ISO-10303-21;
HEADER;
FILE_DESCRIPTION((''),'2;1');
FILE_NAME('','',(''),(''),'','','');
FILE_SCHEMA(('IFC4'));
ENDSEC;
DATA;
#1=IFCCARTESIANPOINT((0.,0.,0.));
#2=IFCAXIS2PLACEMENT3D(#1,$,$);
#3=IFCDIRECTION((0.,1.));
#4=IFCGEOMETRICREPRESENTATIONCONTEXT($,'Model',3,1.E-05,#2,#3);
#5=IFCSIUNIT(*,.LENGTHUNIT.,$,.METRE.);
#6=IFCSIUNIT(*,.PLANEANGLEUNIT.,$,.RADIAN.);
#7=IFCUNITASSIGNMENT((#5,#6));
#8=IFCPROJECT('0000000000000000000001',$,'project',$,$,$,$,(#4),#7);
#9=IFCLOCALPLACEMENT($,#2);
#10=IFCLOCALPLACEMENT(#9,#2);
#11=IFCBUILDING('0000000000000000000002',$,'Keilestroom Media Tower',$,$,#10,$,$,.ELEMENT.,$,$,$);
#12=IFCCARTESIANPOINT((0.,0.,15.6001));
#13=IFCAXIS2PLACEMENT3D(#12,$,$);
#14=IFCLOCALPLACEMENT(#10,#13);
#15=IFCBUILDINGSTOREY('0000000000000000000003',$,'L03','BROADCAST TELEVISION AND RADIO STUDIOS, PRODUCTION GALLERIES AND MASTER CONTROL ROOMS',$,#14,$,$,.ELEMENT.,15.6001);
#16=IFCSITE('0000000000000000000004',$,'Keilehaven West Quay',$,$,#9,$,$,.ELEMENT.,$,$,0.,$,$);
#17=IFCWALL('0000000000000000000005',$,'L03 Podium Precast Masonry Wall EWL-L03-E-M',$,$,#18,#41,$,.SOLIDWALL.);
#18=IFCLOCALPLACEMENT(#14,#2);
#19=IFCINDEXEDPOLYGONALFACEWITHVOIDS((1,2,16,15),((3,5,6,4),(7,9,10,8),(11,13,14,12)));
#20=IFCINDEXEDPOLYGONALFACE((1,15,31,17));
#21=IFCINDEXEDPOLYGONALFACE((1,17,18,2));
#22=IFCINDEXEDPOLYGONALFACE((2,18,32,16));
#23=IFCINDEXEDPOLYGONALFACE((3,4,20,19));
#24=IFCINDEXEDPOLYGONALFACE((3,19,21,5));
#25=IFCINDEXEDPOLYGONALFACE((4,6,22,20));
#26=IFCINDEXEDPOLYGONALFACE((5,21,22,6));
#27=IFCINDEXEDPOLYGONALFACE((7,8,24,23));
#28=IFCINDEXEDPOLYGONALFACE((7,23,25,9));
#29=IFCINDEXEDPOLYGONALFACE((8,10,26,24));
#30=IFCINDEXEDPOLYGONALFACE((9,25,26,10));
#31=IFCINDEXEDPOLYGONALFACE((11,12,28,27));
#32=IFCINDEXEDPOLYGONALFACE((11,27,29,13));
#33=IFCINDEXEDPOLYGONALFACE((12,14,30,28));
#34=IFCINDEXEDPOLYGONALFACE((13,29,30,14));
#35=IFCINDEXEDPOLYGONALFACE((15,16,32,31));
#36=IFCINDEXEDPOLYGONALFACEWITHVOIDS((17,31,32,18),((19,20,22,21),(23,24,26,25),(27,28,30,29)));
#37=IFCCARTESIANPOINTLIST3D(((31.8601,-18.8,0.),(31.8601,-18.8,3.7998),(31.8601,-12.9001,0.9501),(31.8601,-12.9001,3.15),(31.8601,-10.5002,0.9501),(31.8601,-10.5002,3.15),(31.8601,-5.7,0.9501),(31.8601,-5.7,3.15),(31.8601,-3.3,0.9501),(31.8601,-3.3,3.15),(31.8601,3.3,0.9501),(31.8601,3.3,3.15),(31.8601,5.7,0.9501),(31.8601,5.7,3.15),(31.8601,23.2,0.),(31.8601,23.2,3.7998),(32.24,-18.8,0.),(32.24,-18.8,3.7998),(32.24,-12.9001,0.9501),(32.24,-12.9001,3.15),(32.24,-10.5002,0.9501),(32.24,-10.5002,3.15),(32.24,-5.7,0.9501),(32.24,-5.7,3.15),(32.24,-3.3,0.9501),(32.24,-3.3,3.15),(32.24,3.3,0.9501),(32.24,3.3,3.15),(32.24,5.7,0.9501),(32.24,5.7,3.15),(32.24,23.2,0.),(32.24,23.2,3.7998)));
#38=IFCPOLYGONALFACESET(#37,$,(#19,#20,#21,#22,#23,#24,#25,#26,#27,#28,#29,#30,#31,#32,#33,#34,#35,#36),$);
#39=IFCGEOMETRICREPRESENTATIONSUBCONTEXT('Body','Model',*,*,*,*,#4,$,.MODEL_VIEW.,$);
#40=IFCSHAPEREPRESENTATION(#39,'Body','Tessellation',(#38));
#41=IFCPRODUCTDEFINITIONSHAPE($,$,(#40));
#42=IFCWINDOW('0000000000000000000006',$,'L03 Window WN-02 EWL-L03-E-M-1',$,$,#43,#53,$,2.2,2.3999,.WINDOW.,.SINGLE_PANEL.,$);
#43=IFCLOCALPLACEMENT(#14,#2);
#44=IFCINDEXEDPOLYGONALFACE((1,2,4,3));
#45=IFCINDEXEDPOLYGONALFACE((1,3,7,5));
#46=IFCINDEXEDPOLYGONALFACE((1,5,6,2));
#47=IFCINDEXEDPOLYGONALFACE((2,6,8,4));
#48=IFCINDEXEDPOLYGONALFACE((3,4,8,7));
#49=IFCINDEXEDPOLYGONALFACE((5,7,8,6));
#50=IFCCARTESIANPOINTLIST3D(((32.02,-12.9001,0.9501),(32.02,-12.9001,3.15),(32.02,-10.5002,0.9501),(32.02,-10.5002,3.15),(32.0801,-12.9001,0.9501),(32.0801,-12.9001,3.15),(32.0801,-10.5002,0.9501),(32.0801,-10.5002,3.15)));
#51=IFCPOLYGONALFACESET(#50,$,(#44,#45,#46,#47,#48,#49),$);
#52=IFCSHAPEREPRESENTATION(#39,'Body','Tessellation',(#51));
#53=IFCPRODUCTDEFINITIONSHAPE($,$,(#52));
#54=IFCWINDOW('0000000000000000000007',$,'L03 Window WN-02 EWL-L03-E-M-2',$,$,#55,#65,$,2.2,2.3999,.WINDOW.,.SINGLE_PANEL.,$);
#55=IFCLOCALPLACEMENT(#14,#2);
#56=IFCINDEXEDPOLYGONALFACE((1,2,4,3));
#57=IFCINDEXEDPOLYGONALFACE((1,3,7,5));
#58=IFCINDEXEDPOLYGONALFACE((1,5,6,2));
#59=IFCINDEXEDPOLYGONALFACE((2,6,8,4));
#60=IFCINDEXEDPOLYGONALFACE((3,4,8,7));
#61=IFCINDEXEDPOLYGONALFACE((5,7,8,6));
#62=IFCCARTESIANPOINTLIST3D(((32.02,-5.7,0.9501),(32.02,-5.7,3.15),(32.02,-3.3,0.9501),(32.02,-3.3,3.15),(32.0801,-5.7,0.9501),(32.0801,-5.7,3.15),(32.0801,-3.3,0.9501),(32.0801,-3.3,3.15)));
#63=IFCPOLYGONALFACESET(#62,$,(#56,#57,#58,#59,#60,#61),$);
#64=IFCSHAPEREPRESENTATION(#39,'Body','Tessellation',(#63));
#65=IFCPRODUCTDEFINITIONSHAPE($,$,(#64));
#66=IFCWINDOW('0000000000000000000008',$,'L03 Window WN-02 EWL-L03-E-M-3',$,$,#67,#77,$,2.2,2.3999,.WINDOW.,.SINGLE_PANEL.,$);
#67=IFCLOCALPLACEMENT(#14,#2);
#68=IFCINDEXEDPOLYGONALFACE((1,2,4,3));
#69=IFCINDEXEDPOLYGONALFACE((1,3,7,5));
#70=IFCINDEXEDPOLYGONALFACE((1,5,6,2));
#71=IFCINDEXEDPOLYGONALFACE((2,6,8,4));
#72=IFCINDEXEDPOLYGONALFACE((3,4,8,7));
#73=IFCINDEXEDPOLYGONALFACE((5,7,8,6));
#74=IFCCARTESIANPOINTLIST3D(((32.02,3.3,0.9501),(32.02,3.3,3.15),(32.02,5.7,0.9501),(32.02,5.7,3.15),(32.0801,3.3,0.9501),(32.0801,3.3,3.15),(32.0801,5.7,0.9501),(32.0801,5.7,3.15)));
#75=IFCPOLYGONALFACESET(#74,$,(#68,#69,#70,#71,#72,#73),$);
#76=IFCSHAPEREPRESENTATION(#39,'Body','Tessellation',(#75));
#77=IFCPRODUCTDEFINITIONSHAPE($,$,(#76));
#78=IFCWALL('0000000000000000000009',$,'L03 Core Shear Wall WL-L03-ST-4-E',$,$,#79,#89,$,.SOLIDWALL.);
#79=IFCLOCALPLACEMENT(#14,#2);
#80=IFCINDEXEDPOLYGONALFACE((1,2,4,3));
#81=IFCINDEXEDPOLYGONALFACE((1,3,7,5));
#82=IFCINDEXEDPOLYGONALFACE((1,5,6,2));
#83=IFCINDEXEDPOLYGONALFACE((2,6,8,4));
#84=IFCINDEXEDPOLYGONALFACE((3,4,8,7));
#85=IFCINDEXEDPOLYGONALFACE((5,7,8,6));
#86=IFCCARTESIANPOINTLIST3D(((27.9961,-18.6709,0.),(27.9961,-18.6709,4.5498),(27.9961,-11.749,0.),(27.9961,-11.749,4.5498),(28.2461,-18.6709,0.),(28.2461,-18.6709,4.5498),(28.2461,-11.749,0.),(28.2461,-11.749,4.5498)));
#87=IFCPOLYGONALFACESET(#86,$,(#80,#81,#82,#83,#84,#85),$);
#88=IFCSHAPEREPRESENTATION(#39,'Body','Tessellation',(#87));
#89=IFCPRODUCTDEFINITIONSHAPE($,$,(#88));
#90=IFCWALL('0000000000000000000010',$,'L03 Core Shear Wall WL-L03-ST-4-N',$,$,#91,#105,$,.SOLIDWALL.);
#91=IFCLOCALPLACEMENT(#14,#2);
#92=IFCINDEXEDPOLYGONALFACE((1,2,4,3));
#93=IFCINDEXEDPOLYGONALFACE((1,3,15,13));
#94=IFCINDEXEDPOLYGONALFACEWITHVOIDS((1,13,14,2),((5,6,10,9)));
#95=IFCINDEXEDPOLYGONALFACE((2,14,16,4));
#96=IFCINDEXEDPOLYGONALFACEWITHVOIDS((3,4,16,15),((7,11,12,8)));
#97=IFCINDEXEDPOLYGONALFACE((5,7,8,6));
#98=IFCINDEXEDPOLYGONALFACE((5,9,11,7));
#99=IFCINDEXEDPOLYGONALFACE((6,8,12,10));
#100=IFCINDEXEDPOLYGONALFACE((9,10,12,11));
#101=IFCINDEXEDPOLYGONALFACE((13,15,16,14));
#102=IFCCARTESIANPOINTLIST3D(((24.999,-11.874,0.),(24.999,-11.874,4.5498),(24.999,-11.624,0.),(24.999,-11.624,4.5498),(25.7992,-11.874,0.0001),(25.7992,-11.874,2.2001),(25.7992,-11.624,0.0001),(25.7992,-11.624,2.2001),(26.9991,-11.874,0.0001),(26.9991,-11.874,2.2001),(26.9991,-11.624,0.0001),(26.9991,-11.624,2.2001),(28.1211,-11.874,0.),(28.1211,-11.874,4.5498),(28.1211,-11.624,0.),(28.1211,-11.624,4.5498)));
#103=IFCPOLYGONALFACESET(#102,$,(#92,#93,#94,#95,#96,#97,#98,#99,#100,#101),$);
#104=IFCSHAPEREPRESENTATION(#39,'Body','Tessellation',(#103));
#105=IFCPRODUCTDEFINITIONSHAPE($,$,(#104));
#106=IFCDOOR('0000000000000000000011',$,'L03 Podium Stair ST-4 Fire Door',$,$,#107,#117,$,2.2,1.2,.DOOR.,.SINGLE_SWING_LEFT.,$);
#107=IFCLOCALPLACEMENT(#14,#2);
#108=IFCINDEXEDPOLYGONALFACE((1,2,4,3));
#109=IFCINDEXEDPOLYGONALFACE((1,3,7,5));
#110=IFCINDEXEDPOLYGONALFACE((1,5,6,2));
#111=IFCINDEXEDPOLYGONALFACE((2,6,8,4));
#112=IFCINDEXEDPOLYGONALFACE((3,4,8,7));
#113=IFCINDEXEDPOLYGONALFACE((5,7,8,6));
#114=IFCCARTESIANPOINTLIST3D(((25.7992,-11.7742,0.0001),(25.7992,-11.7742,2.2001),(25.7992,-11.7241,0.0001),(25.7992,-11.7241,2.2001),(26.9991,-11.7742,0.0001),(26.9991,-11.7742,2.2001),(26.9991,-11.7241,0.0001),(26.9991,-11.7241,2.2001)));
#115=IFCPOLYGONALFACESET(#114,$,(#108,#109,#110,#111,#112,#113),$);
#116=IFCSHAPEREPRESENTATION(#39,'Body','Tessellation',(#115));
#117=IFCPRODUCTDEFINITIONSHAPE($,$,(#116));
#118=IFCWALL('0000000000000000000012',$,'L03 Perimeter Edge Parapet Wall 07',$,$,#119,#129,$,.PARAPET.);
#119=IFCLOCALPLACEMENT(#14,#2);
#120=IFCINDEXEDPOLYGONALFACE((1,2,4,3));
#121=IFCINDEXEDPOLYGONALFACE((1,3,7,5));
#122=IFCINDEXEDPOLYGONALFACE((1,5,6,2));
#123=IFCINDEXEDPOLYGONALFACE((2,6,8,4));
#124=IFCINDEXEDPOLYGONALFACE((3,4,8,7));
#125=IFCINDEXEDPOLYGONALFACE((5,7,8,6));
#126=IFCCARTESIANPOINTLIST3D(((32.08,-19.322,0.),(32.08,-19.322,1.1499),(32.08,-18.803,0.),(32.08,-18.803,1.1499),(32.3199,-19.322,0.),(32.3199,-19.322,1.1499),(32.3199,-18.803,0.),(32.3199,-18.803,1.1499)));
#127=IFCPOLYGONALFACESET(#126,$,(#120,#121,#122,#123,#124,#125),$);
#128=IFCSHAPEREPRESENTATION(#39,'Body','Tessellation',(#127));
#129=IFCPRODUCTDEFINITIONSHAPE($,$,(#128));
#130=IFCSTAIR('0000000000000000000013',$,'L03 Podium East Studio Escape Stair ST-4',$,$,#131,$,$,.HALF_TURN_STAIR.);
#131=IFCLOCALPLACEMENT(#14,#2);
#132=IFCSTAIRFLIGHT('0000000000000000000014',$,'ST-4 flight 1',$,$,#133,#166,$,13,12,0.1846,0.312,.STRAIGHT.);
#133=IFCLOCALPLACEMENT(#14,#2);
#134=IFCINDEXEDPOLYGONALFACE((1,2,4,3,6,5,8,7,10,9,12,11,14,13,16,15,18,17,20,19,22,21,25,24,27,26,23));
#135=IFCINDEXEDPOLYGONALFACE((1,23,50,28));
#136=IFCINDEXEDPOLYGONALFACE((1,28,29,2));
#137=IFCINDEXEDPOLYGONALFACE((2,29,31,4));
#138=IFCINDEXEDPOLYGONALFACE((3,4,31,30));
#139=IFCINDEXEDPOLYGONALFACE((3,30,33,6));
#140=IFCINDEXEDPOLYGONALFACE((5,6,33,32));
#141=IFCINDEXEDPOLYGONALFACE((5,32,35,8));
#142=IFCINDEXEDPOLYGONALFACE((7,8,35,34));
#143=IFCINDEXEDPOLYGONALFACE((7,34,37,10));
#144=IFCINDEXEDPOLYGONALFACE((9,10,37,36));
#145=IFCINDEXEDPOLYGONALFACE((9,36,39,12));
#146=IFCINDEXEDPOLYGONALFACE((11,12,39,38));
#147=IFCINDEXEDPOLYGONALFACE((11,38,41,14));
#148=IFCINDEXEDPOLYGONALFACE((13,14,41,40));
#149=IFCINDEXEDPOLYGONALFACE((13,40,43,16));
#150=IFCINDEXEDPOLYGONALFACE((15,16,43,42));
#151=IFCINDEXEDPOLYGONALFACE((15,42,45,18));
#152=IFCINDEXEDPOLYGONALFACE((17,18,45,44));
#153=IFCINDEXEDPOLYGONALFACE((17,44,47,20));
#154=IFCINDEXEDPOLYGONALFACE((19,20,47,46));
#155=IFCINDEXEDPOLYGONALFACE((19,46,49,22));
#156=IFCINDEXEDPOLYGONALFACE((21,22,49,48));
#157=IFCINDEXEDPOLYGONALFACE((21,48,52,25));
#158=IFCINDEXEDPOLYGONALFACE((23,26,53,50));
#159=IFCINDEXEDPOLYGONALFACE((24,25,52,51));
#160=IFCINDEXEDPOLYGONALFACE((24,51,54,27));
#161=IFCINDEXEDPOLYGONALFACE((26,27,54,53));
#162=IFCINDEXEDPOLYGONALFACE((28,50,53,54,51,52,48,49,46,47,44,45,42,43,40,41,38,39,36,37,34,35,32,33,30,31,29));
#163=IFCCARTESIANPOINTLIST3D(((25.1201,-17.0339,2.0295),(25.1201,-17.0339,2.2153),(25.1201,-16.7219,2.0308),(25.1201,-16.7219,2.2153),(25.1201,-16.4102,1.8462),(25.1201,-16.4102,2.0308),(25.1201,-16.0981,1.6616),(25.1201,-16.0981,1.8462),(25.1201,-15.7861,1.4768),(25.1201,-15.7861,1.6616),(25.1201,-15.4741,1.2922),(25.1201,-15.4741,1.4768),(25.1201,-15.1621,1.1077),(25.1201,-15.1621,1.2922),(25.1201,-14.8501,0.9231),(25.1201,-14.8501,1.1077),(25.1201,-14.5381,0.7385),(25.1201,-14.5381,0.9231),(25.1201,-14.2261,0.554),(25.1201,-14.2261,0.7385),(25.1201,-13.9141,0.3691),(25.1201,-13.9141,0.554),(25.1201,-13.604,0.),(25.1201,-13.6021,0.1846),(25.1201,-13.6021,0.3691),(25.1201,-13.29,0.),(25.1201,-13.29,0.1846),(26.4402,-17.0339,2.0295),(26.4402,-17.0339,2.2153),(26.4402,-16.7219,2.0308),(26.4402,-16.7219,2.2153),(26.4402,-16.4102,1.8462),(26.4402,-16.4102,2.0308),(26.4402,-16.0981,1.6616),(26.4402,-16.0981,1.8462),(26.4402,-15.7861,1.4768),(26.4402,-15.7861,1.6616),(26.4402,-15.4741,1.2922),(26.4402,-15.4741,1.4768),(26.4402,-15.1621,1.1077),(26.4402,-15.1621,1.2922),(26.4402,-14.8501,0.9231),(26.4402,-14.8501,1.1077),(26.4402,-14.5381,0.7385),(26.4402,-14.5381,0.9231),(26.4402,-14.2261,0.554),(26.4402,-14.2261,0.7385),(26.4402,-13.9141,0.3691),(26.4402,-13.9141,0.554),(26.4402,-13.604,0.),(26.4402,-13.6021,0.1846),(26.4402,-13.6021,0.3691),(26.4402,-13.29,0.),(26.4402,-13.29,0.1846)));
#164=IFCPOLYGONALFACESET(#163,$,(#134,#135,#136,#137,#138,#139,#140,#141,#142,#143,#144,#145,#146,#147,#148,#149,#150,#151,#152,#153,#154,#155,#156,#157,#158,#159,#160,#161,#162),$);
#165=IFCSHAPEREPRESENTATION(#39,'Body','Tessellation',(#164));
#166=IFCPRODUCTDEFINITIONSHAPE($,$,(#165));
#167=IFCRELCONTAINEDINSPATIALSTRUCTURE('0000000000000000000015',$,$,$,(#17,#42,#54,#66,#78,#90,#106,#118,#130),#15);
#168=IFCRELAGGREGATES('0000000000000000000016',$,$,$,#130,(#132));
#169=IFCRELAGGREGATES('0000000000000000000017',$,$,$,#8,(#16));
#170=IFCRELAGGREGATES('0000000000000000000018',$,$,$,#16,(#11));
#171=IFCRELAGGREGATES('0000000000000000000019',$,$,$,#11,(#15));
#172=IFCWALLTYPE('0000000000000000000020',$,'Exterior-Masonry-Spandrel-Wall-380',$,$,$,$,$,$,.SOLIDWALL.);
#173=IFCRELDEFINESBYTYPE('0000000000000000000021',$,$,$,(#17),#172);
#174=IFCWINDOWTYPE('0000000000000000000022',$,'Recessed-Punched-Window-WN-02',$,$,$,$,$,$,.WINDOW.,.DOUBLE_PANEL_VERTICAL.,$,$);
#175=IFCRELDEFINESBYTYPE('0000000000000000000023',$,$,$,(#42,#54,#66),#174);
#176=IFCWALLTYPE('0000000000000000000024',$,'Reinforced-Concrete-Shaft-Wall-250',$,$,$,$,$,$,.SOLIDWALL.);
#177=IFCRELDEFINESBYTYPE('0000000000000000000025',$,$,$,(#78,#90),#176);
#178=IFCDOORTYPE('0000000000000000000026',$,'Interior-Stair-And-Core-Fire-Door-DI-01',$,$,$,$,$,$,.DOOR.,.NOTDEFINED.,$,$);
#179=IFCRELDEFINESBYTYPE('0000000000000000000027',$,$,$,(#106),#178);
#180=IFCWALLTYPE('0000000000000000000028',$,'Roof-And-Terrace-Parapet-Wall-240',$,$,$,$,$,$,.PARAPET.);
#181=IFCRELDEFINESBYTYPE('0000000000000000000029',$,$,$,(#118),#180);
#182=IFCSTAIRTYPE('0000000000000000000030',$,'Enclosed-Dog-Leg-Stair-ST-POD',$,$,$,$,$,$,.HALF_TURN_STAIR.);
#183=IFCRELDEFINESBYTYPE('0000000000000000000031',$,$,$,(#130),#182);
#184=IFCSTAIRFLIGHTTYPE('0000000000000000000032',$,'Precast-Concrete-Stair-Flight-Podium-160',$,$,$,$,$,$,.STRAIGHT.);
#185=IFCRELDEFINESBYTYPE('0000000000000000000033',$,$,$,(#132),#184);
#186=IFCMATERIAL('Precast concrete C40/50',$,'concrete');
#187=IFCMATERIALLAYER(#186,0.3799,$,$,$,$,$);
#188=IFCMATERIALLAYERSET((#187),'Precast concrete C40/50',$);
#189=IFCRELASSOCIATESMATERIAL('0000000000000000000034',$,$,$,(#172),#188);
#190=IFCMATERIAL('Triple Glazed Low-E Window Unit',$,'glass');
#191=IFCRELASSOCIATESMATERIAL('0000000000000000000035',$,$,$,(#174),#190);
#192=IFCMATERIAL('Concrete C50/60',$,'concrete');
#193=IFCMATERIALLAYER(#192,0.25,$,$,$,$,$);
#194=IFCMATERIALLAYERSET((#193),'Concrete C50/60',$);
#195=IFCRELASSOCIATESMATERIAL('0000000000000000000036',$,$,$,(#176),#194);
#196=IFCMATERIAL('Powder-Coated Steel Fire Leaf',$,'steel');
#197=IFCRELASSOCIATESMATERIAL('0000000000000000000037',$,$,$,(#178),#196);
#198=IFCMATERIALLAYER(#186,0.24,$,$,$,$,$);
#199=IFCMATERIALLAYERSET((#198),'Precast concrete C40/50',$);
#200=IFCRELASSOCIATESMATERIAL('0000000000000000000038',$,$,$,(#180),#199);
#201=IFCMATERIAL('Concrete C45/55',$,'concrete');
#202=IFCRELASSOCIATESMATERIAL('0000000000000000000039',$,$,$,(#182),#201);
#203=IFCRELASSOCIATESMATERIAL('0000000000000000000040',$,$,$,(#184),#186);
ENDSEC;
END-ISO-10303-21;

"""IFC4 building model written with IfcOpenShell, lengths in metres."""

from ifc_helpers import new_model, si_unit, direction, frame, frame_2d, origin, place, context, subcontext, project, spatial, polyline, rectangle, outline, extrude, source, transform, mapped, material, layer, layer_set, type_object, element, fill, aggregate, save


model = new_model("IFC4")

# Units and contexts
model_context = context("Model", 3, precision=1e-05, world=origin(), true_north=direction((0.0, 1.0)))
body_context = subcontext(model_context, "Body", "Model", "MODEL_VIEW")
ifc_project = project(units=[si_unit("LENGTHUNIT", "METRE"), si_unit("PLANEANGLEUNIT", "RADIAN")], contexts=[model_context])

# Site, building, storey
site_placement = place(None, origin())
site = spatial("IfcSite", under=ifc_project, at=site_placement, Name="Keilehaven West Quay", CompositionType="ELEMENT", RefElevation=0.0)
building_placement = place(site_placement, origin())
building = spatial("IfcBuilding", under=site, at=building_placement, Name="Keilestroom Media Tower", CompositionType="ELEMENT")
storey_placement = place(building_placement, frame((0.0, 0.0, 15.6001)))
storey = spatial("IfcBuildingStorey", under=building, at=storey_placement, Name="L03", Description="BROADCAST TELEVISION AND RADIO STUDIOS, PRODUCTION GALLERIES AND MASTER CONTROL ROOMS", CompositionType="ELEMENT", Elevation=15.6001)

# Shared definitions
ifc_material_1 = material(Name="Precast concrete C40/50", Category="concrete")

# Wall, openings, windows
ifc_layer_1 = layer(ifc_material_1, 0.3799)
ifc_layer_set_1 = layer_set([ifc_layer_1], Name="Precast concrete C40/50")
wall_type_1 = type_object("IfcWallType", Name="Exterior-Masonry-Spandrel-Wall-380", PredefinedType="SOLIDWALL", material=ifc_layer_set_1)
wall_1_placement = place(storey_placement, frame((32.05, -18.8, 0.0), z_axis=(0.0, 0.0, 1.0), x_axis=(0.0, 1.0, 0.0)))
wall_1 = element("IfcWall", 1, at=wall_1_placement, inside=storey, type_object=wall_type_1, Name="L03 Podium Precast Masonry Wall EWL-L03-E-M", PredefinedType="SOLIDWALL", context=body_context, shape_type="SweptSolid", body=[
    extrude(rectangle(XDim=42.0, YDim=0.3799, at=frame_2d((21.0, 0.0))), origin(), (0.0, 0.0, 1.0), 3.7998),
])
opening_1_placement = place(wall_1_placement, frame((5.8999, 0.0, 0.95)))
opening_1 = element("IfcOpeningElement", 2, at=opening_1_placement, cuts=wall_1, PredefinedType="OPENING", context=body_context, shape_type="SweptSolid", body=[
    extrude(rectangle(XDim=2.3999, YDim=2.2, at=frame_2d((1.2, 1.1001))), frame((0.0, 0.2, 0.0), z_axis=(0.0, -1.0, 0.0), x_axis=(1.0, 0.0, 0.0)), (0.0, 0.0, 1.0), 0.3999),
])
opening_2_placement = place(wall_1_placement, frame((13.1001, 0.0, 0.95)))
opening_2 = element("IfcOpeningElement", 3, at=opening_2_placement, cuts=wall_1, PredefinedType="OPENING", context=body_context, shape_type="SweptSolid", body=[
    extrude(rectangle(XDim=2.3999, YDim=2.2, at=frame_2d((1.2, 1.1001))), frame((0.0, 0.2, 0.0), z_axis=(0.0, -1.0, 0.0), x_axis=(1.0, 0.0, 0.0)), (0.0, 0.0, 1.0), 0.3999),
])
opening_3_placement = place(wall_1_placement, frame((22.1001, 0.0, 0.95)))
opening_3 = element("IfcOpeningElement", 4, at=opening_3_placement, cuts=wall_1, PredefinedType="OPENING", context=body_context, shape_type="SweptSolid", body=[
    extrude(rectangle(XDim=2.3999, YDim=2.2, at=frame_2d((1.2, 1.1001))), frame((0.0, 0.2, 0.0), z_axis=(0.0, -1.0, 0.0), x_axis=(1.0, 0.0, 0.0)), (0.0, 0.0, 1.0), 0.3999),
])
ifc_material_2 = material(Name="Triple Glazed Low-E Window Unit", Category="glass")
window_type = type_object("IfcWindowType", Name="Recessed-Punched-Window-WN-02", PartitioningType="DOUBLE_PANEL_VERTICAL", PredefinedType="WINDOW", material=ifc_material_2)
shared_shape_1 = source(origin(), body_context, "Body", "SweptSolid", [
    extrude(rectangle(XDim=2.3999, YDim=2.2, at=frame_2d((1.2, 1.1001))), frame((0.0, 0.03, 0.0), z_axis=(0.0, -1.0, 0.0), x_axis=(1.0, 0.0, 0.0)), (0.0, 0.0, 1.0), 0.0601),
])
window_1_placement = place(opening_1_placement, origin())
window_1 = element("IfcWindow", 5, at=window_1_placement, inside=storey, type_object=window_type, Name="L03 Window WN-02 EWL-L03-E-M-1", OverallHeight=2.2, OverallWidth=2.3999, PartitioningType="SINGLE_PANEL", PredefinedType="WINDOW", context=body_context, shape_type="MappedRepresentation", body=[
    mapped(shared_shape_1, transform((0.0, 0.0, 0.0), x_axis=(1.0, 0.0, 0.0), y_axis=(0.0, 1.0, 0.0), z_axis=(0.0, 0.0, 1.0), scale=1.0)),
])
fill(opening_1, window_1)
window_2_placement = place(opening_2_placement, origin())
window_2 = element("IfcWindow", 6, at=window_2_placement, inside=storey, type_object=window_type, Name="L03 Window WN-02 EWL-L03-E-M-2", OverallHeight=2.2, OverallWidth=2.3999, PartitioningType="SINGLE_PANEL", PredefinedType="WINDOW", context=body_context, shape_type="MappedRepresentation", body=[
    mapped(shared_shape_1, transform((0.0, 0.0, 0.0), x_axis=(1.0, 0.0, 0.0), y_axis=(0.0, 1.0, 0.0), z_axis=(0.0, 0.0, 1.0), scale=1.0)),
])
fill(opening_2, window_2)
window_3_placement = place(opening_3_placement, origin())
window_3 = element("IfcWindow", 7, at=window_3_placement, inside=storey, type_object=window_type, Name="L03 Window WN-02 EWL-L03-E-M-3", OverallHeight=2.2, OverallWidth=2.3999, PartitioningType="SINGLE_PANEL", PredefinedType="WINDOW", context=body_context, shape_type="MappedRepresentation", body=[
    mapped(shared_shape_1, transform((0.0, 0.0, 0.0), x_axis=(1.0, 0.0, 0.0), y_axis=(0.0, 1.0, 0.0), z_axis=(0.0, 0.0, 1.0), scale=1.0)),
])
fill(opening_3, window_3)

# Wall
ifc_material_3 = material(Name="Concrete C50/60", Category="concrete")
ifc_layer_2 = layer(ifc_material_3, 0.25)
ifc_layer_set_2 = layer_set([ifc_layer_2], Name="Concrete C50/60")
wall_type_2 = type_object("IfcWallType", Name="Reinforced-Concrete-Shaft-Wall-250", PredefinedType="SOLIDWALL", material=ifc_layer_set_2)
wall_2_placement = place(storey_placement, frame((28.1211, -18.6709, 0.0), z_axis=(0.0, 0.0, 1.0), x_axis=(0.0, 1.0, 0.0)))
element("IfcWall", 8, at=wall_2_placement, inside=storey, type_object=wall_type_2, Name="L03 Core Shear Wall WL-L03-ST-4-E", PredefinedType="SOLIDWALL", context=body_context, shape_type="SweptSolid", body=[
    extrude(rectangle(XDim=6.9219, YDim=0.25, at=frame_2d((3.4609, 0.0))), origin(), (0.0, 0.0, 1.0), 4.5498),
])

# Wall, opening, door
wall_3_placement = place(storey_placement, frame((24.999, -11.749, 0.0), z_axis=(0.0, 0.0, 1.0), x_axis=(1.0, 0.0, 0.0)))
wall_3 = element("IfcWall", 9, at=wall_3_placement, inside=storey, type_object=wall_type_2, Name="L03 Core Shear Wall WL-L03-ST-4-N", PredefinedType="SOLIDWALL", context=body_context, shape_type="SweptSolid", body=[
    extrude(rectangle(XDim=3.1221, YDim=0.25, at=frame_2d((1.561, 0.0))), origin(), (0.0, 0.0, 1.0), 4.5498),
])
opening_4_placement = place(wall_3_placement, frame((0.8, 0.0, 0.0)))
opening_4 = element("IfcOpeningElement", 10, at=opening_4_placement, cuts=wall_3, PredefinedType="OPENING", context=body_context, shape_type="SweptSolid", body=[
    extrude(rectangle(XDim=1.2, YDim=2.2, at=frame_2d((0.6001, 1.1001))), frame((0.0, 0.135, 0.0), z_axis=(0.0, -1.0, 0.0), x_axis=(1.0, 0.0, 0.0)), (0.0, 0.0, 1.0), 0.27),
])
ifc_material_4 = material(Name="Powder-Coated Steel Fire Leaf", Category="steel")
door_type = type_object("IfcDoorType", Name="Interior-Stair-And-Core-Fire-Door-DI-01", OperationType="NOTDEFINED", PredefinedType="DOOR", material=ifc_material_4)
shared_shape_2 = source(origin(), body_context, "Body", "SweptSolid", [
    extrude(rectangle(XDim=1.2, YDim=2.2, at=frame_2d((0.6001, 1.1001))), frame((0.0, 0.0249, 0.0), z_axis=(0.0, -1.0, 0.0), x_axis=(1.0, 0.0, 0.0)), (0.0, 0.0, 1.0), 0.05),
])
door_placement = place(opening_4_placement, origin())
door = element("IfcDoor", 11, at=door_placement, inside=storey, type_object=door_type, Name="L03 Podium Stair ST-4 Fire Door", OperationType="SINGLE_SWING_LEFT", OverallHeight=2.2, OverallWidth=1.2, PredefinedType="DOOR", context=body_context, shape_type="MappedRepresentation", body=[
    mapped(shared_shape_2, transform((0.0, 0.0, 0.0), x_axis=(1.0, 0.0, 0.0), y_axis=(0.0, 1.0, 0.0), z_axis=(0.0, 0.0, 1.0), scale=1.0)),
])
fill(opening_4, door)

# Wall
ifc_layer_3 = layer(ifc_material_1, 0.24)
ifc_layer_set_3 = layer_set([ifc_layer_3], Name="Precast concrete C40/50")
wall_type_3 = type_object("IfcWallType", Name="Roof-And-Terrace-Parapet-Wall-240", PredefinedType="PARAPET", material=ifc_layer_set_3)
wall_4_placement = place(storey_placement, frame((32.2, -18.803, 0.0), z_axis=(0.0, 0.0, 1.0), x_axis=(0.0, -1.0, 0.0)))
element("IfcWall", 12, at=wall_4_placement, inside=storey, type_object=wall_type_3, Name="L03 Perimeter Edge Parapet Wall 07", PredefinedType="PARAPET", context=body_context, shape_type="SweptSolid", body=[
    extrude(rectangle(XDim=0.519, YDim=0.24, at=frame_2d((0.2595, 0.0))), origin(), (0.0, 0.0, 1.0), 1.1499),
])

# Stair, stair flight
ifc_material_5 = material(Name="Concrete C45/55", Category="concrete")
stair_type = type_object("IfcStairType", Name="Enclosed-Dog-Leg-Stair-ST-POD", PredefinedType="HALF_TURN_STAIR", material=ifc_material_5)
stair_placement = place(storey_placement, origin())
stair = element("IfcStair", 13, at=stair_placement, inside=storey, type_object=stair_type, Name="L03 Podium East Studio Escape Stair ST-4", PredefinedType="HALF_TURN_STAIR")
stair_flight_type = type_object("IfcStairFlightType", Name="Precast-Concrete-Stair-Flight-Podium-160", PredefinedType="STRAIGHT", material=ifc_material_1)
stair_flight_1_placement = place(storey_placement, frame((25.78, -13.29, 0.0), z_axis=(0.0, 0.0, 1.0), x_axis=(0.0, -1.0, 0.0)))
stair_flight_1 = element("IfcStairFlight", 14, at=stair_flight_1_placement, type_object=stair_flight_type, Name="ST-4 flight 1", NumberOfRisers=13, NumberOfTreads=12, PredefinedType="STRAIGHT", RiserHeight=0.1846, TreadLength=0.312, context=body_context, shape_type="SweptSolid", body=[
    extrude(outline(polyline([(0.0, 0.0), (0.0, 0.1846), (0.312, 0.1846), (0.312, 0.3691), (0.624, 0.3691), (0.624, 0.554), (0.936, 0.554), (0.936, 0.7385), (1.248, 0.7385), (1.248, 0.9231), (1.5601, 0.9231), (1.5601, 1.1077), (1.8721, 1.1077), (1.8721, 1.2922), (2.1841, 1.2922), (2.1841, 1.4768), (2.4961, 1.4768), (2.4961, 1.6616), (2.8081, 1.6616), (2.8081, 1.8462), (3.1201, 1.8462), (3.1201, 2.0308), (3.4319, 2.0308), (3.4319, 2.2153), (3.7439, 2.2153), (3.7439, 2.3999), (3.7439, 2.0295), (0.314, 0.0), (0.0, 0.0)])), frame((0.0, 0.6602, 0.0), z_axis=(0.0, -1.0, 0.0), x_axis=(1.0, 0.0, 0.0)), (0.0, 0.0, 1.0), 1.3201),
])
aggregate(stair, [stair_flight_1])

save(model, "model.ifc")
